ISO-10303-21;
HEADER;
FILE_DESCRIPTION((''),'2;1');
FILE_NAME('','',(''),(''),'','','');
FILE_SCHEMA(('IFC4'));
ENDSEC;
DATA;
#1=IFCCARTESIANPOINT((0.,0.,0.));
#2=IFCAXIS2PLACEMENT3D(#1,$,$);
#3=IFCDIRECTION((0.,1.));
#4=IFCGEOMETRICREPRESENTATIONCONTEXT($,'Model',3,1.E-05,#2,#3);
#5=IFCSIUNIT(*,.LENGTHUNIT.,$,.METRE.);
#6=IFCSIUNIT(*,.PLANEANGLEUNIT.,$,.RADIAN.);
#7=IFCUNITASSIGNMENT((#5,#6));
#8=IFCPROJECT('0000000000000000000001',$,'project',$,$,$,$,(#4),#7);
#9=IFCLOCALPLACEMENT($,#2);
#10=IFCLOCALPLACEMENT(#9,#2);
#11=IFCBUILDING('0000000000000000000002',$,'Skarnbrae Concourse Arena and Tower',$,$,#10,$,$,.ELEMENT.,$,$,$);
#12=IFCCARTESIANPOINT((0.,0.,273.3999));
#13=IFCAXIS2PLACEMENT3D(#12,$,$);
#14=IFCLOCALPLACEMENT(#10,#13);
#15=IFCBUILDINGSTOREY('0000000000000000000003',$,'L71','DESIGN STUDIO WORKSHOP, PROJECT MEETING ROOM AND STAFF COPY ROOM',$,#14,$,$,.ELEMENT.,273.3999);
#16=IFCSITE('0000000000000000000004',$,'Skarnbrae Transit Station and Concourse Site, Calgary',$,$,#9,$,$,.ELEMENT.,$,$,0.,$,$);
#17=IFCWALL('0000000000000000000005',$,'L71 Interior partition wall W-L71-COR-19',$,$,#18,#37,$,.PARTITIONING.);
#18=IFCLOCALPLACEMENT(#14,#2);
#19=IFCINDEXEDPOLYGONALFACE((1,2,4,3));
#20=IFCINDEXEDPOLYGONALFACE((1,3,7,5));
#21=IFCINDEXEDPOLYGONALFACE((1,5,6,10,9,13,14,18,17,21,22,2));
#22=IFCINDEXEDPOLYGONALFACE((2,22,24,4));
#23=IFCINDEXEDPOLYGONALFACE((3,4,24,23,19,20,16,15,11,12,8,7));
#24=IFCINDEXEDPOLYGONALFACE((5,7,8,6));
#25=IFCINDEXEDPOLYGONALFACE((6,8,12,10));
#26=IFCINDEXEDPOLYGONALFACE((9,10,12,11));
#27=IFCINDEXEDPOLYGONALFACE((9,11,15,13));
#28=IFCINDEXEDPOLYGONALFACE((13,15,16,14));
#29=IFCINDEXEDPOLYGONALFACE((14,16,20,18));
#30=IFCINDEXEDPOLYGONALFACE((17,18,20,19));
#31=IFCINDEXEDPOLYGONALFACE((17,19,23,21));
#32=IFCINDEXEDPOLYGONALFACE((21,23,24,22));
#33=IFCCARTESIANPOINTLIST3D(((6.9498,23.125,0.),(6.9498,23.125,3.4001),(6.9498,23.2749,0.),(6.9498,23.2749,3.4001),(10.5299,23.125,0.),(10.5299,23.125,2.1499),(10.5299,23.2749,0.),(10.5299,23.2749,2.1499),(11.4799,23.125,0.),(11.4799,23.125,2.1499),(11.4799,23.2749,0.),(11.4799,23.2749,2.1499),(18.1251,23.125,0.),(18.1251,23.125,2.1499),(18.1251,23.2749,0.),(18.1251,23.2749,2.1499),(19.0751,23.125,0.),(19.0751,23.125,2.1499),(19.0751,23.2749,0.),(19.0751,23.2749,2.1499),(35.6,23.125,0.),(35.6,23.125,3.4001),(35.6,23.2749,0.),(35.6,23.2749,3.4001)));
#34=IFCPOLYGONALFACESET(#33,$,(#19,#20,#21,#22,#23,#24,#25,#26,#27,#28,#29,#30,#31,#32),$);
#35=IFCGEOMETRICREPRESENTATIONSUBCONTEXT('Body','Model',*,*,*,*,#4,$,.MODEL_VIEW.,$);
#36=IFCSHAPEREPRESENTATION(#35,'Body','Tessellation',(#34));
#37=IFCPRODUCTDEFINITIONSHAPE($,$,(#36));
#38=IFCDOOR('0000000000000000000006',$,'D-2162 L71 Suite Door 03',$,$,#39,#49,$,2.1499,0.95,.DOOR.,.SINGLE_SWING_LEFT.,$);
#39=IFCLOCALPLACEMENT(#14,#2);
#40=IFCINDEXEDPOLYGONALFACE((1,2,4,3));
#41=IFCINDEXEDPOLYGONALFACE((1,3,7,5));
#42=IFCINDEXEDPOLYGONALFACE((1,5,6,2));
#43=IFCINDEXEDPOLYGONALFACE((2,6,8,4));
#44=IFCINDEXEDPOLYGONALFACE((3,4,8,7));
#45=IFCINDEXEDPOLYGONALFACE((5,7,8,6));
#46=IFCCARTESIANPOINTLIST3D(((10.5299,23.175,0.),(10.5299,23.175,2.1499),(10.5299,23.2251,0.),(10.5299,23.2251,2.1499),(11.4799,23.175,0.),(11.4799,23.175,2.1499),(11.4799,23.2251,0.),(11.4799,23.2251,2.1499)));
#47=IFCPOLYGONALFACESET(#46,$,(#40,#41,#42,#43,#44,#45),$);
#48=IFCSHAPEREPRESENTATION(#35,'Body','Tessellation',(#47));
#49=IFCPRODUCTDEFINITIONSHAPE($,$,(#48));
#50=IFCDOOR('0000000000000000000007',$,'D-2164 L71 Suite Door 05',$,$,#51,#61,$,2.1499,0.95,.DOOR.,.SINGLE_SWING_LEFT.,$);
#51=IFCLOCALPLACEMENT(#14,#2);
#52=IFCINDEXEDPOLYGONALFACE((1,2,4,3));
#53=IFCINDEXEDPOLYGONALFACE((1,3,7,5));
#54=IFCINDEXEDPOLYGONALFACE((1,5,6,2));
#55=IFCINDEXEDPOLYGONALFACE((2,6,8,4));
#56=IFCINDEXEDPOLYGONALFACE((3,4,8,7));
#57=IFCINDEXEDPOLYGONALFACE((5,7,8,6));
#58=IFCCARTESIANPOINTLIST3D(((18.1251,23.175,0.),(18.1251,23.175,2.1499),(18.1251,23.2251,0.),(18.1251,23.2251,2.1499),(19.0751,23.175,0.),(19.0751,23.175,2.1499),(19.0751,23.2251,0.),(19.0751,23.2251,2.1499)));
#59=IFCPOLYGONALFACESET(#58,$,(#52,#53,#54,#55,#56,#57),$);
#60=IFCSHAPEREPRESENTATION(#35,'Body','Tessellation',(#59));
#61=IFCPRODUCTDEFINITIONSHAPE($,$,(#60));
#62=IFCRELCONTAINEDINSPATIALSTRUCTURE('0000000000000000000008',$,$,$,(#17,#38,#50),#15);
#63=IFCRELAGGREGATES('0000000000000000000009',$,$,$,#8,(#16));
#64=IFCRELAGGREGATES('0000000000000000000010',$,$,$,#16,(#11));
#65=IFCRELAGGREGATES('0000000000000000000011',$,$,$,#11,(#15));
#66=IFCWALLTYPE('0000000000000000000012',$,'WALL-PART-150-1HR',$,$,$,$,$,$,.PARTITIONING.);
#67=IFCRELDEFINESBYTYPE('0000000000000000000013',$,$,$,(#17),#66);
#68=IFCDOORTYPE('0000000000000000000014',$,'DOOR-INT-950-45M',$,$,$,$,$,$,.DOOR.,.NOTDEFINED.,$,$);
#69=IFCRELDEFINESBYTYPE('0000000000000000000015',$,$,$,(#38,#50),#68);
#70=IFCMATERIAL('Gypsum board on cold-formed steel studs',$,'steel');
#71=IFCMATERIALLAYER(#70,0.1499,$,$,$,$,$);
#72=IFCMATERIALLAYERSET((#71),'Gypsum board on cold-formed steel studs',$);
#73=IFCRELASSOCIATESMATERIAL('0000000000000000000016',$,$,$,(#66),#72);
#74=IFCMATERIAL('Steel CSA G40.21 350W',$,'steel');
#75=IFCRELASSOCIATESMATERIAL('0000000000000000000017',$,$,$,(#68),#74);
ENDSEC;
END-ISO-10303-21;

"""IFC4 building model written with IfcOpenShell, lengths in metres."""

from ifc_helpers import new_model, si_unit, direction, frame, frame_2d, origin, place, context, subcontext, project, spatial, rectangle, extrude, source, transform, mapped, material, layer, layer_set, type_object, element, fill, save


model = new_model("IFC4")

# Units and contexts
model_context = context("Model", 3, precision=1e-05, world=origin(), true_north=direction((0.0, 1.0)))
body_context = subcontext(model_context, "Body", "Model", "MODEL_VIEW")
ifc_project = project(units=[si_unit("LENGTHUNIT", "METRE"), si_unit("PLANEANGLEUNIT", "RADIAN")], contexts=[model_context])

# Site, building, storey
site_placement = place(None, origin())
site = spatial("IfcSite", under=ifc_project, at=site_placement, Name="Skarnbrae Transit Station and Concourse Site, Calgary", CompositionType="ELEMENT", RefElevation=0.0)
building_placement = place(site_placement, origin())
building = spatial("IfcBuilding", under=site, at=building_placement, Name="Skarnbrae Concourse Arena and Tower", CompositionType="ELEMENT")
storey_placement = place(building_placement, frame((0.0, 0.0, 273.3999)))
storey = spatial("IfcBuildingStorey", under=building, at=storey_placement, Name="L71", Description="DESIGN STUDIO WORKSHOP, PROJECT MEETING ROOM AND STAFF COPY ROOM", CompositionType="ELEMENT", Elevation=273.3999)

# Shared definitions
ifc_material_1 = material(Name="Steel CSA G40.21 350W", Category="steel")

# Shared definitions
ifc_material_2 = material(Name="Gypsum board on cold-formed steel studs", Category="steel")
ifc_layer_1 = layer(ifc_material_2, 0.1499)
ifc_layer_set_1 = layer_set([ifc_layer_1], Name="Gypsum board on cold-formed steel studs")
wall_type = type_object("IfcWallType", Name="WALL-PART-150-1HR", PredefinedType="PARTITIONING", material=ifc_layer_set_1)
door_type = type_object("IfcDoorType", Name="DOOR-INT-950-45M", OperationType="NOTDEFINED", PredefinedType="DOOR", material=ifc_material_1)
shared_shape_1 = source(origin(), body_context, "Body", "SweptSolid", [
    extrude(rectangle(XDim=0.95, YDim=2.1499, at=frame_2d((0.4751, 1.075))), frame((0.0, 0.0249, 0.0), z_axis=(0.0, -1.0, 0.0), x_axis=(1.0, 0.0, 0.0)), (0.0, 0.0, 1.0), 0.05),
])

# Wall, openings, doors
shared_shape_2 = source(origin(), body_context, "Body", "SweptSolid", [
    extrude(rectangle(XDim=28.6501, YDim=0.1499, at=frame_2d((14.3252, 0.0))), origin(), (0.0, 0.0, 1.0), 3.4001),
])
wall_1_placement = place(storey_placement, frame((35.6001, 23.2, 0.0), z_axis=(0.0, 0.0, 1.0), x_axis=(-1.0, 0.0, 0.0)))
wall_1 = element("IfcWall", 1, at=wall_1_placement, inside=storey, type_object=wall_type, Name="L71 Interior partition wall W-L71-COR-19", PredefinedType="PARTITIONING", context=body_context, shape_type="MappedRepresentation", body=[
    mapped(shared_shape_2, transform((0.0, 0.0, 0.0))),
])
opening_1_placement = place(wall_1_placement, frame((24.1201, 0.0, 0.0)))
opening_1 = element("IfcOpeningElement", 2, at=opening_1_placement, cuts=wall_1, PredefinedType="OPENING", context=body_context, shape_type="SweptSolid", body=[
    extrude(rectangle(XDim=0.95, YDim=2.1499, at=frame_2d((0.4751, 1.075))), frame((0.0, 0.085, 0.0), z_axis=(0.0, -1.0, 0.0), x_axis=(1.0, 0.0, 0.0)), (0.0, 0.0, 1.0), 0.1699),
])
opening_2_placement = place(wall_1_placement, frame((16.5249, 0.0, 0.0)))
opening_2 = element("IfcOpeningElement", 3, at=opening_2_placement, cuts=wall_1, PredefinedType="OPENING", context=body_context, shape_type="SweptSolid", body=[
    extrude(rectangle(XDim=0.95, YDim=2.1499, at=frame_2d((0.4751, 1.075))), frame((0.0, 0.085, 0.0), z_axis=(0.0, -1.0, 0.0), x_axis=(1.0, 0.0, 0.0)), (0.0, 0.0, 1.0), 0.1699),
])
door_1_placement = place(opening_1_placement, origin())
door_1 = element("IfcDoor", 4, at=door_1_placement, inside=storey, type_object=door_type, Name="D-2162 L71 Suite Door 03", OperationType="SINGLE_SWING_LEFT", OverallHeight=2.1499, OverallWidth=0.95, PredefinedType="DOOR", context=body_context, shape_type="MappedRepresentation", body=[
    mapped(shared_shape_1, transform((0.0, 0.0, 0.0))),
])
fill(opening_1, door_1)
door_2_placement = place(opening_2_placement, origin())
door_2 = element("IfcDoor", 5, at=door_2_placement, inside=storey, type_object=door_type, Name="D-2164 L71 Suite Door 05", OperationType="SINGLE_SWING_LEFT", OverallHeight=2.1499, OverallWidth=0.95, PredefinedType="DOOR", context=body_context, shape_type="MappedRepresentation", body=[
    mapped(shared_shape_1, transform((0.0, 0.0, 0.0))),
])
fill(opening_2, door_2)

save(model, "model.ifc")
